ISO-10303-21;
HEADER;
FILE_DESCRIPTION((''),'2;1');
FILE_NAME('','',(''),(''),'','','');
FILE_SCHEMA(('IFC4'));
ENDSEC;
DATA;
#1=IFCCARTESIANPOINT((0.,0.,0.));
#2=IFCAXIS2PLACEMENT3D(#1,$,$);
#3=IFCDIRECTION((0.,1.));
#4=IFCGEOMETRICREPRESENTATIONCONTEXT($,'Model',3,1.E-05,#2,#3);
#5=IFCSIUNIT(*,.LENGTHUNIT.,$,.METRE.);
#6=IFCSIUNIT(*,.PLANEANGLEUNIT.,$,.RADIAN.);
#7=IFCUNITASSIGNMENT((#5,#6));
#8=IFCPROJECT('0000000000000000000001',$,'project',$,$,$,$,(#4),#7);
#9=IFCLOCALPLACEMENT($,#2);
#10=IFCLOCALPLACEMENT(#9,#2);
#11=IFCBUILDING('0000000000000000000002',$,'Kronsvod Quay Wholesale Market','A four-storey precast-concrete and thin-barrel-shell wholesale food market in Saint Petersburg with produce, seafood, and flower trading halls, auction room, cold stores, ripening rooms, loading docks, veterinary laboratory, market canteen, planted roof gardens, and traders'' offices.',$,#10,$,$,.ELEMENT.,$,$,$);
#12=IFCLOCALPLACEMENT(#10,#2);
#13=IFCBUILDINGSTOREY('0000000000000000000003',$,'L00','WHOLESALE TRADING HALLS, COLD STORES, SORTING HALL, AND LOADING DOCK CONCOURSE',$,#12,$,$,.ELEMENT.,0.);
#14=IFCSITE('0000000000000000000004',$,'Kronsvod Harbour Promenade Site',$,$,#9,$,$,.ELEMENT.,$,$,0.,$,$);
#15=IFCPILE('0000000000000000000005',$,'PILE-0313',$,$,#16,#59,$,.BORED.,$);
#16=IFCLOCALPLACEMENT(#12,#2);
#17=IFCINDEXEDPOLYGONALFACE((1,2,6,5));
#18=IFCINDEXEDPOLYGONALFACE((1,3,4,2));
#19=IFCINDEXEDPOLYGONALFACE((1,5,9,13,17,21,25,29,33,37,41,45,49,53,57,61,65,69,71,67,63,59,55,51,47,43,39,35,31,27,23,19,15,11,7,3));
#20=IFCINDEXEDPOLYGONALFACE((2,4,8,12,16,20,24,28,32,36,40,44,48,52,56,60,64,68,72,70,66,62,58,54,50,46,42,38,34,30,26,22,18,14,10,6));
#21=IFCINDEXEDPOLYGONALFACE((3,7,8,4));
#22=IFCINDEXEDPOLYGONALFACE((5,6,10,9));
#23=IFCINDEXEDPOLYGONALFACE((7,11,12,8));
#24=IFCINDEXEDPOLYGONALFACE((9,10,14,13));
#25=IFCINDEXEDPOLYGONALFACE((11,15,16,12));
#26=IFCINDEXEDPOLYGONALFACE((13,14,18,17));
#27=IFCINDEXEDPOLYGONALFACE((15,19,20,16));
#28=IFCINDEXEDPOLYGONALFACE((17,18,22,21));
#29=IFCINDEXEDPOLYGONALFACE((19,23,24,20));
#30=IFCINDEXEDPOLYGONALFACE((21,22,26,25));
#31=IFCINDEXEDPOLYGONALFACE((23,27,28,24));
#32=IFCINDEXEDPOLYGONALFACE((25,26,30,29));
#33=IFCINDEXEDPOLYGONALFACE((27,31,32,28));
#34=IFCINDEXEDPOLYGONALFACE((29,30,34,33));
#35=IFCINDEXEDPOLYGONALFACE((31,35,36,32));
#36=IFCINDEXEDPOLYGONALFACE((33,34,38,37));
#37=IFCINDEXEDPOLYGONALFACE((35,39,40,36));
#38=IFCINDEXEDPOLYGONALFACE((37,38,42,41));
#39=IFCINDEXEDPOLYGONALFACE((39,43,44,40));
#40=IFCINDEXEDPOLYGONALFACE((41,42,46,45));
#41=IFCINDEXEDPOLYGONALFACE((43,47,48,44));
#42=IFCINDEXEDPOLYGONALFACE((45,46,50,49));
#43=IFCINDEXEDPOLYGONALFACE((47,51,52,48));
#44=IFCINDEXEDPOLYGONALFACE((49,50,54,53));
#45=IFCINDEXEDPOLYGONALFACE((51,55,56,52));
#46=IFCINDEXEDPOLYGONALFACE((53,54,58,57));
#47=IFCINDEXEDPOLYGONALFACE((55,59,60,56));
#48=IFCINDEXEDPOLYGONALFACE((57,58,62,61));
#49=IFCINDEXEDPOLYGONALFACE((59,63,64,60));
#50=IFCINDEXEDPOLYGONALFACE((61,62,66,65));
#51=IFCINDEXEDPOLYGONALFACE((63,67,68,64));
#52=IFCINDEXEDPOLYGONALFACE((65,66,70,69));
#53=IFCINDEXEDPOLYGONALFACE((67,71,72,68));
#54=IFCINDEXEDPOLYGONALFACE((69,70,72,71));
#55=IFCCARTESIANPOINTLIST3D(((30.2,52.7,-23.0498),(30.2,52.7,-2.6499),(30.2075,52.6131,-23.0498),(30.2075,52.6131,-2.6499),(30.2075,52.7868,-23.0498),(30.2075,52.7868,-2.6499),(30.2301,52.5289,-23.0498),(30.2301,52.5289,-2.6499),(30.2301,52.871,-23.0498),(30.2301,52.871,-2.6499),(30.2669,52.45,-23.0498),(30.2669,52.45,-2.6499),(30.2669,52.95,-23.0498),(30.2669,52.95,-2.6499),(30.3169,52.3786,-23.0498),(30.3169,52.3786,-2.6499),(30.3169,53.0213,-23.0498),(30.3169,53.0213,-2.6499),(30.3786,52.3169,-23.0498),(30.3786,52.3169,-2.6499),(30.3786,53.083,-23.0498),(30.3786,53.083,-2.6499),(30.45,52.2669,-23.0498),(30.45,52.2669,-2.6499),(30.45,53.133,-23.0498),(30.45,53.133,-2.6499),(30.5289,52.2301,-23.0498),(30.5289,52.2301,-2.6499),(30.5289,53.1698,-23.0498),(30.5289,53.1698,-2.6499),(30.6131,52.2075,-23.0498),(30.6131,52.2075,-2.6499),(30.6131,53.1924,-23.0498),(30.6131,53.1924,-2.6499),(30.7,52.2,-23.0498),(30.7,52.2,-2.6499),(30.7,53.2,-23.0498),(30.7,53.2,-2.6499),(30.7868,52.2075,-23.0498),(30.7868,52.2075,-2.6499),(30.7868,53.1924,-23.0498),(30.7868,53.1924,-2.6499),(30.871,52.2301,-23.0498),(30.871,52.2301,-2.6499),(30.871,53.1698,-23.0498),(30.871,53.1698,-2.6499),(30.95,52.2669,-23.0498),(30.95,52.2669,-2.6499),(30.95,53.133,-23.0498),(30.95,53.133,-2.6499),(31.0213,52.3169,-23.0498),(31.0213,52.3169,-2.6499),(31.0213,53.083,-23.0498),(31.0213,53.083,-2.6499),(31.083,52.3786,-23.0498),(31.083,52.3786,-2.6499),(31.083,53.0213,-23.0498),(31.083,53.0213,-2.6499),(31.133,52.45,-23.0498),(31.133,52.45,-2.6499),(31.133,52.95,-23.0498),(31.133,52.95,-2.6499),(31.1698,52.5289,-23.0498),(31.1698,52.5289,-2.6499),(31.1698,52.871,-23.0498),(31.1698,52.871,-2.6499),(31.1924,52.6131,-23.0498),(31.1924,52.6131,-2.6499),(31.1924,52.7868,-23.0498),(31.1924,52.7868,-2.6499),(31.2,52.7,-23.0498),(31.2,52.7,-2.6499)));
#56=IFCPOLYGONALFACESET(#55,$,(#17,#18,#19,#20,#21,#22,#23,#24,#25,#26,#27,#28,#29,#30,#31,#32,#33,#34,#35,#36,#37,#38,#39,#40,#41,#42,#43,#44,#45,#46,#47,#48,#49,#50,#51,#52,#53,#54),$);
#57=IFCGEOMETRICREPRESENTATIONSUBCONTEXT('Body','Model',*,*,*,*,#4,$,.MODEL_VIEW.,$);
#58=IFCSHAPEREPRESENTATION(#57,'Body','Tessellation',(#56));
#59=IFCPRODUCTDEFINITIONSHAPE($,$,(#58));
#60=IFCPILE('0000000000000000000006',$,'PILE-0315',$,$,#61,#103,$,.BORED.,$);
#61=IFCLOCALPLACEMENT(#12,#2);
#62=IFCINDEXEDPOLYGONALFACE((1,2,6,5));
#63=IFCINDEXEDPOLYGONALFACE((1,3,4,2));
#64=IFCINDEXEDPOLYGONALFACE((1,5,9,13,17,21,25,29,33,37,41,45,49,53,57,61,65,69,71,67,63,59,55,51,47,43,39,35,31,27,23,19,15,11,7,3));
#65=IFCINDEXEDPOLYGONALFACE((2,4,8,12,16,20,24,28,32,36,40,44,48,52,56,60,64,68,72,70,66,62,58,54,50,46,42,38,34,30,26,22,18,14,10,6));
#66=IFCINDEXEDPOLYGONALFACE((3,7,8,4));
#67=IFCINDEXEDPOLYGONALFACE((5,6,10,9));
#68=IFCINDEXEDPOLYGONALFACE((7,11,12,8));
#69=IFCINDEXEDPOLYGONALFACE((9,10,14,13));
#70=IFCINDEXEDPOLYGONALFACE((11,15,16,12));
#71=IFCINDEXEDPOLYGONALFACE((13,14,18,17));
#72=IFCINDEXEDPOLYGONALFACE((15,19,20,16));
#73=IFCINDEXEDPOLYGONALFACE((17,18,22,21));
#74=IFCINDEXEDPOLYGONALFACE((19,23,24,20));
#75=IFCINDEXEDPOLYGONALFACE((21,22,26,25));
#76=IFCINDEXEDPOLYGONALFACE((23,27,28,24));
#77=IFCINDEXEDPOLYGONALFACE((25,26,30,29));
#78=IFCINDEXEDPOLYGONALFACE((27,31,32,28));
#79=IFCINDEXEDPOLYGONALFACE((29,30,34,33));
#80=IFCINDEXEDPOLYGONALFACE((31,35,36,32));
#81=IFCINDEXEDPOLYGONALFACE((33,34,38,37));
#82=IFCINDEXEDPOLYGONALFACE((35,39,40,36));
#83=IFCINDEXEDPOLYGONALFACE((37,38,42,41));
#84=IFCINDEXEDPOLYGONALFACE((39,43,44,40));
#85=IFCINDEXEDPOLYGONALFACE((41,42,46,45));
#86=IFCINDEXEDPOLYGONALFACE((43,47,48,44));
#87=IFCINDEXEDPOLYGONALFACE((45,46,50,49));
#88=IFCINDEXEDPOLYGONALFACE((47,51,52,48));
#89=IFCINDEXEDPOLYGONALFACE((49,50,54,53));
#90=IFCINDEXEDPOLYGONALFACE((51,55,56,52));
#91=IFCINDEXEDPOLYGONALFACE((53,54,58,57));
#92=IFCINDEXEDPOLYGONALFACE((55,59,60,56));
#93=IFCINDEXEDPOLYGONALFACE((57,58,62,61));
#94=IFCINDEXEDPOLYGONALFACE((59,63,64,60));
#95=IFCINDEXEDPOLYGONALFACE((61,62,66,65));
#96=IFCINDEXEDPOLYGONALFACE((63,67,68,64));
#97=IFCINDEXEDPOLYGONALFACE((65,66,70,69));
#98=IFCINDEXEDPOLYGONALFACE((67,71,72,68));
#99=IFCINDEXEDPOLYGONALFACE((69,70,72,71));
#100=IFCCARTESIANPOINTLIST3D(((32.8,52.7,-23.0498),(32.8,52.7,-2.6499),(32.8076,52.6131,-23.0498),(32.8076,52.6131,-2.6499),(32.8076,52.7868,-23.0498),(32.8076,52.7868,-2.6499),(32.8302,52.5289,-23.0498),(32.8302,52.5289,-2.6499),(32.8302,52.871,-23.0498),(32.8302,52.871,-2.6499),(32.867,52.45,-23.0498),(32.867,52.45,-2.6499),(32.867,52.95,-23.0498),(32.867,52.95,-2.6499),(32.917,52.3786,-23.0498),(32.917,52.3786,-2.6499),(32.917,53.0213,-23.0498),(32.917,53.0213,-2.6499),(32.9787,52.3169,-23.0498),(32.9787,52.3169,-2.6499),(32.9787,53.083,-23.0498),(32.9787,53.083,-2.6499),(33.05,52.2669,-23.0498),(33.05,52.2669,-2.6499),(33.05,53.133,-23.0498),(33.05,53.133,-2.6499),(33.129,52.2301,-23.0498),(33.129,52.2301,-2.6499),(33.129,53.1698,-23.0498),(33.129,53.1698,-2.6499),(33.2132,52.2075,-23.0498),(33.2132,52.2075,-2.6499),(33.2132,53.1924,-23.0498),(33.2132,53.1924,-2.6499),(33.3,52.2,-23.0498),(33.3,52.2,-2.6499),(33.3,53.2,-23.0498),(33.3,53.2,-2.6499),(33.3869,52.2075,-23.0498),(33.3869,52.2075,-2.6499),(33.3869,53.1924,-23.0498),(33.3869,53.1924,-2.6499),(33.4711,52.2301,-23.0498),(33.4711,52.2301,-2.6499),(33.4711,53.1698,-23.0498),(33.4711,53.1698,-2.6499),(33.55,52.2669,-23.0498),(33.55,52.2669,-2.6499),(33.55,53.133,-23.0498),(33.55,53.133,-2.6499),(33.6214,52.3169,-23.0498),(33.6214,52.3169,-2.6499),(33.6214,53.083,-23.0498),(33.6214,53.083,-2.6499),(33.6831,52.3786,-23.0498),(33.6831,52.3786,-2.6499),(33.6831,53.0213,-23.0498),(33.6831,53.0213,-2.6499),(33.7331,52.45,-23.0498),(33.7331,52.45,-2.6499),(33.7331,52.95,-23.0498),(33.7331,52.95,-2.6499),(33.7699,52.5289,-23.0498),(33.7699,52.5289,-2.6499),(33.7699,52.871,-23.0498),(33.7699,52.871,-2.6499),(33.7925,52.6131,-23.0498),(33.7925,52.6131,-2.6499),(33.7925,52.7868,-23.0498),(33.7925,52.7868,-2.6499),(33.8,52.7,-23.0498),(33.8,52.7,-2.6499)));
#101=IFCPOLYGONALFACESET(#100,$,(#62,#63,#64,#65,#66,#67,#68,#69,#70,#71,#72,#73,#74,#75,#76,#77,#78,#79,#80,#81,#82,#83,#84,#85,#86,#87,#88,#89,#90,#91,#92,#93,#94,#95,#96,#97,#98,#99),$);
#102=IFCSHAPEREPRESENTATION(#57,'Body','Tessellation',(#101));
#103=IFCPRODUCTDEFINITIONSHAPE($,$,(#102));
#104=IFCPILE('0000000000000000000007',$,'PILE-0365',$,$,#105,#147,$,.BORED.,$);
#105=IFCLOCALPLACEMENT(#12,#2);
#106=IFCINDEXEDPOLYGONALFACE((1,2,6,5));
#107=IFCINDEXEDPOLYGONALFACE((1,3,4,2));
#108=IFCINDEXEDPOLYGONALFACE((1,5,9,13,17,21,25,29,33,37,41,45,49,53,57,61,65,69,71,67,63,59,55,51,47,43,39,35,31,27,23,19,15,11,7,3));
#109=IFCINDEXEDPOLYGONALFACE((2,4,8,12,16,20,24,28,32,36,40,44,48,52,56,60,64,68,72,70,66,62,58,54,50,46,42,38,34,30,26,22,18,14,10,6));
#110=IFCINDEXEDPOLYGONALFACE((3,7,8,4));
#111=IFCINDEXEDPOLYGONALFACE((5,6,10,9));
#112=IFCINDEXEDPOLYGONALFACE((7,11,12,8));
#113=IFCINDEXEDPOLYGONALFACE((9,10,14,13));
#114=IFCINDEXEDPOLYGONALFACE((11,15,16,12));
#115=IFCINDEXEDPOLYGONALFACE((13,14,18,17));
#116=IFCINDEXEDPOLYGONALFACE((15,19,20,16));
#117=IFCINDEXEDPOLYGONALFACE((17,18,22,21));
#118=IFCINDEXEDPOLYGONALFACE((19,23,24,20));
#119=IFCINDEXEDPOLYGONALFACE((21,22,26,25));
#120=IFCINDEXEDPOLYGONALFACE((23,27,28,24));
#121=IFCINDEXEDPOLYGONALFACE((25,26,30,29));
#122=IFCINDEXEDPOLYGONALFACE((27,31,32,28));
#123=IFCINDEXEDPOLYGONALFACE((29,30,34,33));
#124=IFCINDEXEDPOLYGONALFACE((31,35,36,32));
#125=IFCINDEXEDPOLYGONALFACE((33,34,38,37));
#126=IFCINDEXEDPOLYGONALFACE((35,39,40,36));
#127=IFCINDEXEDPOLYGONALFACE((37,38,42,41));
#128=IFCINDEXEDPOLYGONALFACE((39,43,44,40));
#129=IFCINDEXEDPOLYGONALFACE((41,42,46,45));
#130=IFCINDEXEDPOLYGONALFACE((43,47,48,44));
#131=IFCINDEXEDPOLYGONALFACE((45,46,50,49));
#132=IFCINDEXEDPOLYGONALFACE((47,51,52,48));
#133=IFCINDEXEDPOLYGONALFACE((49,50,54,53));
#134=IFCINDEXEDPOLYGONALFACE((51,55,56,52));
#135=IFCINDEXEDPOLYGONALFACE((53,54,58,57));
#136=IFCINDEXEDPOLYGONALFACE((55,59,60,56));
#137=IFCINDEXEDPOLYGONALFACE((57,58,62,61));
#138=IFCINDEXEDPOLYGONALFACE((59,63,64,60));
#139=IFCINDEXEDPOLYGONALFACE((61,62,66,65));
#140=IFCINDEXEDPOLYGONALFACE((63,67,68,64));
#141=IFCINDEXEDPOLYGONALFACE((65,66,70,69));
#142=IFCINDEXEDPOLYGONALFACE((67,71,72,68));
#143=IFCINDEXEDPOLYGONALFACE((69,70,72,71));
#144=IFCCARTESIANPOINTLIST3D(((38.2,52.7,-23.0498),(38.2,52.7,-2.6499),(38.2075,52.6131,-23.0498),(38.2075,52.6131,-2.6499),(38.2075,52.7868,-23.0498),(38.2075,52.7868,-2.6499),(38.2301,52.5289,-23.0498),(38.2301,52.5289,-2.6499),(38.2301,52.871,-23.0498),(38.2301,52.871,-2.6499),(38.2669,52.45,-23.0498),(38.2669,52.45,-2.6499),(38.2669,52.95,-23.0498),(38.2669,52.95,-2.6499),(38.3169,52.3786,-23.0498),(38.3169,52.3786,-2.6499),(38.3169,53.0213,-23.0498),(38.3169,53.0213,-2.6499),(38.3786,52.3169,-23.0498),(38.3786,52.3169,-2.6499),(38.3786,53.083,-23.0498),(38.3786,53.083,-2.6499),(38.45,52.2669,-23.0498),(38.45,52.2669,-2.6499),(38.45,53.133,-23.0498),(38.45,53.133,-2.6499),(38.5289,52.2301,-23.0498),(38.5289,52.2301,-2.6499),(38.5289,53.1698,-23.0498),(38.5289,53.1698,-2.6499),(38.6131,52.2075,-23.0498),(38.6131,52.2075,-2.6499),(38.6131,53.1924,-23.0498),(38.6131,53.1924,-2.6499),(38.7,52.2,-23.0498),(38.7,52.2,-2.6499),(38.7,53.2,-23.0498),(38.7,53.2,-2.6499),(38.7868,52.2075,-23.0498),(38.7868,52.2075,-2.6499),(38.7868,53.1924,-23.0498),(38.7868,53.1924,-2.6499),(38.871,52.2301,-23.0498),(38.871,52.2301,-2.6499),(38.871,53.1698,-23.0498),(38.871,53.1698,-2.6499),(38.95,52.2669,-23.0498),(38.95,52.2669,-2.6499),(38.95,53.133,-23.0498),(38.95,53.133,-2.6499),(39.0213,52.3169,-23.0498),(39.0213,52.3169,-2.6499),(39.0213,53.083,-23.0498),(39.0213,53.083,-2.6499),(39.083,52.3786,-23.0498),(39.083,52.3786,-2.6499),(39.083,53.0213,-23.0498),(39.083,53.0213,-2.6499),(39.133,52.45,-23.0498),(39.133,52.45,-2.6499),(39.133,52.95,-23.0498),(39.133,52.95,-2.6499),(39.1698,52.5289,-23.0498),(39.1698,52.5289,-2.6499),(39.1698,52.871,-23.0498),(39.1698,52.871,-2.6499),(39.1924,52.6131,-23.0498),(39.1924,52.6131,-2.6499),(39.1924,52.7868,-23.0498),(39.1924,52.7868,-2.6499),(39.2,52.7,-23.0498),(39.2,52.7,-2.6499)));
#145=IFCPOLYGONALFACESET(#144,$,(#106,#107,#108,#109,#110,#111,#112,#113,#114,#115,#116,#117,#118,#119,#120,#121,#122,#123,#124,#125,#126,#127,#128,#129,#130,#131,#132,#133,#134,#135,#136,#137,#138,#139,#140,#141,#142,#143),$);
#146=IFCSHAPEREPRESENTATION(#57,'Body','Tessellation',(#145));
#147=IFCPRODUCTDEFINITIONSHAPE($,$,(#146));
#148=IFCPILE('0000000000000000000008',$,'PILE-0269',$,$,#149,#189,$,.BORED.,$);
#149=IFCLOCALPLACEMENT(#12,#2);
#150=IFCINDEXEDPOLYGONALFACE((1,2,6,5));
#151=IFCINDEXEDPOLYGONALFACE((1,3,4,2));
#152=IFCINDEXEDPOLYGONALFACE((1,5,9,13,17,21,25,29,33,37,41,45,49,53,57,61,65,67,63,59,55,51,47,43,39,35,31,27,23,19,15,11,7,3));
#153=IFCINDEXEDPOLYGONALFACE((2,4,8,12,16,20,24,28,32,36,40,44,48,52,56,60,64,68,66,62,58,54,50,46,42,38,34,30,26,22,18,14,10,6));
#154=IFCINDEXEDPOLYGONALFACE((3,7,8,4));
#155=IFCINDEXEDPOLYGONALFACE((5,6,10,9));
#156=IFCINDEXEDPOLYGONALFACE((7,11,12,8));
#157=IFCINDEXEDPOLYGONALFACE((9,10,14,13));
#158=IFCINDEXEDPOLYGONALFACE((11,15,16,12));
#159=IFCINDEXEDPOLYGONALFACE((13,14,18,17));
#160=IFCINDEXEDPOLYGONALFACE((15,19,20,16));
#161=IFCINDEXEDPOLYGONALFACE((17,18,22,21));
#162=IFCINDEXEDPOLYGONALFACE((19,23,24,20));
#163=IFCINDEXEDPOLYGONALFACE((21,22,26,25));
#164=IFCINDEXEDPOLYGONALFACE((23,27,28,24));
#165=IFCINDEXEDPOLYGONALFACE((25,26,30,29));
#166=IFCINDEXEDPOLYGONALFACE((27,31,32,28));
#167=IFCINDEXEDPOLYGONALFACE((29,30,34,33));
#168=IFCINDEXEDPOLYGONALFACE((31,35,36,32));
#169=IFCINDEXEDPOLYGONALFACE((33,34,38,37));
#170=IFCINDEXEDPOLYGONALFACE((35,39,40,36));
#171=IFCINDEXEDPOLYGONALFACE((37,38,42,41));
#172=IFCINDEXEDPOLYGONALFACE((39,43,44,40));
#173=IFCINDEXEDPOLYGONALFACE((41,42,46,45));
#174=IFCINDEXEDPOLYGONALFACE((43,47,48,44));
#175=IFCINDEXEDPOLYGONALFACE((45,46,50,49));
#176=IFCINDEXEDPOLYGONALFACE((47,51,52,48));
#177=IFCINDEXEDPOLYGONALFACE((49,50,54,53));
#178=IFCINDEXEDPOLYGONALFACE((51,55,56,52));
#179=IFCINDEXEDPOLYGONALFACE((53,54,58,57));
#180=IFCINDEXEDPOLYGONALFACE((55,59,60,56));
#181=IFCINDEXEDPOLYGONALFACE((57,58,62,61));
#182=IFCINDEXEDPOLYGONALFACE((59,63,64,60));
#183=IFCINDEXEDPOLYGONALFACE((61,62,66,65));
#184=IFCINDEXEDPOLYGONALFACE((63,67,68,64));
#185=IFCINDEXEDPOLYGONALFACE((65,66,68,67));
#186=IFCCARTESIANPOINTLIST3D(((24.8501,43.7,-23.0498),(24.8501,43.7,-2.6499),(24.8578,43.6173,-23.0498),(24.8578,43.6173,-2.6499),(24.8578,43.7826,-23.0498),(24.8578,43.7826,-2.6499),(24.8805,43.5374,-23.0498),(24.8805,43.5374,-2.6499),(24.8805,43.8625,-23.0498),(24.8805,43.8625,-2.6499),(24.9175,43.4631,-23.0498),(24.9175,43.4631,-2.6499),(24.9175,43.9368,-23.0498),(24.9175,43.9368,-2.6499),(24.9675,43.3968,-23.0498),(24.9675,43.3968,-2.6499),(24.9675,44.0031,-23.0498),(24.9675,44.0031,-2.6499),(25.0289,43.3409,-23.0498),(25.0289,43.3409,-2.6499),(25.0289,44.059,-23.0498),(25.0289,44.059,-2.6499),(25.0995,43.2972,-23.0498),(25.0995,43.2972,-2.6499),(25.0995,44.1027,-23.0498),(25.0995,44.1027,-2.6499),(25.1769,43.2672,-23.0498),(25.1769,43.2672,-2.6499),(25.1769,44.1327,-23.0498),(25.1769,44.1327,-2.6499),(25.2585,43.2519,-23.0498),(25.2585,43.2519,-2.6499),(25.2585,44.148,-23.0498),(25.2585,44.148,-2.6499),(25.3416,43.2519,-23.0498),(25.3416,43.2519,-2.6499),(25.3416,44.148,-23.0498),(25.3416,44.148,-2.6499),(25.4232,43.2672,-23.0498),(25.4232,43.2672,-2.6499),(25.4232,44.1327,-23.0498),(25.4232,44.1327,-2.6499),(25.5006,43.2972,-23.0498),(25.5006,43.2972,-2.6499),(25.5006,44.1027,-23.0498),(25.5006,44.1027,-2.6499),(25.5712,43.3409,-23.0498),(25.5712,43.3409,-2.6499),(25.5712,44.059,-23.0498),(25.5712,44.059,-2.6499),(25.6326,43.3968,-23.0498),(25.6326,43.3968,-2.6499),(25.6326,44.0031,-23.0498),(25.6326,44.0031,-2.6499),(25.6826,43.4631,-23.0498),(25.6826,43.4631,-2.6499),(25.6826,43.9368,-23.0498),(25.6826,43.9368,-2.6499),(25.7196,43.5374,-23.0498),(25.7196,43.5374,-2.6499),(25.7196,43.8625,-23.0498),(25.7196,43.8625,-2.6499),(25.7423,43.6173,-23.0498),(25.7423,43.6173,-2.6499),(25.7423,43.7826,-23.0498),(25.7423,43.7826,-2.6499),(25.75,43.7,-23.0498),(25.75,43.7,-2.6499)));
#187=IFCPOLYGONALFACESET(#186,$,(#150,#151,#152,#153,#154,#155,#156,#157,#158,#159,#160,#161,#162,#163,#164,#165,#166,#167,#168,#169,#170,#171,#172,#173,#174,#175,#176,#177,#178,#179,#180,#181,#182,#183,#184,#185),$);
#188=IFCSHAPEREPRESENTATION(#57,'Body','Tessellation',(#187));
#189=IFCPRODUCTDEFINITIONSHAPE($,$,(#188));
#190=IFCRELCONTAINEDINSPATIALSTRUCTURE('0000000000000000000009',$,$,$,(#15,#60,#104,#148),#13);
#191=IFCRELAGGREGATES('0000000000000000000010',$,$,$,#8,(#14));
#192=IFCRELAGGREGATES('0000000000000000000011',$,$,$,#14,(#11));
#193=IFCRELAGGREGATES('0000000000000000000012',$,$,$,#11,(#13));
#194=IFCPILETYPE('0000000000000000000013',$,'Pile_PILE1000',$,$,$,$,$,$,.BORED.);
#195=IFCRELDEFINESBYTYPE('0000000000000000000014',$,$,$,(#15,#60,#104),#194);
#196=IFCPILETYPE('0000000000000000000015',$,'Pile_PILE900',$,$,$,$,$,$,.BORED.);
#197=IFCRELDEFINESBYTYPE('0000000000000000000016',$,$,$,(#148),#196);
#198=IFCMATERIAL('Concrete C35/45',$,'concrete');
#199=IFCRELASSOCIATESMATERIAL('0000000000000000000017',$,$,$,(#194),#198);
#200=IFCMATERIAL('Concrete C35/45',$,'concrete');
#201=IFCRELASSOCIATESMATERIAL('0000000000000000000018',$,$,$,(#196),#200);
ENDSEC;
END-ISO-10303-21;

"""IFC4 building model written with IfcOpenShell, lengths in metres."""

from ifc_helpers import new_model, si_unit, direction, frame, origin, origin_2d, place, context, subcontext, project, spatial, circle, extrude, material, material_profile, profile_set, type_object, element, save


model = new_model("IFC4")

# Units and contexts
model_context = context("Model", 3, precision=1e-05, world=origin(), true_north=direction((0.0, 1.0)))
body_context = subcontext(model_context, "Body", "Model", "MODEL_VIEW")
ifc_project = project(units=[si_unit("LENGTHUNIT", "METRE"), si_unit("PLANEANGLEUNIT", "RADIAN")], contexts=[model_context])

# Site, building, storey
site_placement = place(None, origin())
site = spatial("IfcSite", under=ifc_project, at=site_placement, Name="Kronsvod Harbour Promenade Site", CompositionType="ELEMENT", RefElevation=0.0)
building_placement = place(site_placement, origin())
building = spatial("IfcBuilding", under=site, at=building_placement, Name="Kronsvod Quay Wholesale Market", Description="A four-storey precast-concrete and thin-barrel-shell wholesale food market in Saint Petersburg with produce, seafood, and flower trading halls, auction room, cold stores, ripening rooms, loading docks, veterinary laboratory, market canteen, planted roof gardens, and traders' offices.", CompositionType="ELEMENT")
storey_placement = place(building_placement, origin())
storey = spatial("IfcBuildingStorey", under=building, at=storey_placement, Name="L00", Description="WHOLESALE TRADING HALLS, COLD STORES, SORTING HALL, AND LOADING DOCK CONCOURSE", CompositionType="ELEMENT", Elevation=0.0)

# Piles
ifc_material_1 = material(Name="Concrete C35/45", Category="concrete")
ifc_material_profile_1 = material_profile(ifc_material_1, circle(Radius=0.5, at=origin_2d()), Name="PILE1000")
ifc_profile_set_1 = profile_set([ifc_material_profile_1], Name="Concrete C35/45")
pile_type_1 = type_object("IfcPileType", Name="Pile_PILE1000", PredefinedType="BORED", material=ifc_profile_set_1)
for number, where, z_axis, x_axis, name in (
    (1, (30.7, 52.7, -2.6499), (0.0, 0.0, -1.0), (1.0, 0.0, 0.0), "PILE-0313"),
    (2, (33.3, 52.7, -2.6499), (0.0, 0.0, -1.0), (1.0, 0.0, 0.0), "PILE-0315"),
    (3, (38.7, 52.7, -2.6499), (0.0, 0.0, -1.0), (1.0, 0.0, 0.0), "PILE-0365"),
):
    element("IfcPile", number, at=place(storey_placement, frame(where, z_axis=z_axis, x_axis=x_axis)), inside=storey, type_object=pile_type_1, Name=name, PredefinedType="BORED", context=body_context, shape_type="SweptSolid", body=[
        extrude(circle(Radius=0.5, at=origin_2d()), origin(), (0.0, 0.0, 1.0), 20.3999),
    ])
ifc_material_2 = material(Name="Concrete C35/45", Category="concrete")
ifc_material_profile_2 = material_profile(ifc_material_2, circle(Radius=0.45, at=origin_2d()), Name="PILE900")
ifc_profile_set_2 = profile_set([ifc_material_profile_2], Name="Concrete C35/45")
pile_type_2 = type_object("IfcPileType", Name="Pile_PILE900", PredefinedType="BORED", material=ifc_profile_set_2)
for number, where, z_axis, x_axis, name in (
    (4, (25.3, 43.7, -2.6499), (0.0, 0.0, -1.0), (1.0, 0.0, 0.0), "PILE-0269"),
):
    element("IfcPile", number, at=place(storey_placement, frame(where, z_axis=z_axis, x_axis=x_axis)), inside=storey, type_object=pile_type_2, Name=name, PredefinedType="BORED", context=body_context, shape_type="SweptSolid", body=[
        extrude(circle(Radius=0.45, at=origin_2d()), origin(), (0.0, 0.0, 1.0), 20.3999),
    ])

save(model, "model.ifc")
